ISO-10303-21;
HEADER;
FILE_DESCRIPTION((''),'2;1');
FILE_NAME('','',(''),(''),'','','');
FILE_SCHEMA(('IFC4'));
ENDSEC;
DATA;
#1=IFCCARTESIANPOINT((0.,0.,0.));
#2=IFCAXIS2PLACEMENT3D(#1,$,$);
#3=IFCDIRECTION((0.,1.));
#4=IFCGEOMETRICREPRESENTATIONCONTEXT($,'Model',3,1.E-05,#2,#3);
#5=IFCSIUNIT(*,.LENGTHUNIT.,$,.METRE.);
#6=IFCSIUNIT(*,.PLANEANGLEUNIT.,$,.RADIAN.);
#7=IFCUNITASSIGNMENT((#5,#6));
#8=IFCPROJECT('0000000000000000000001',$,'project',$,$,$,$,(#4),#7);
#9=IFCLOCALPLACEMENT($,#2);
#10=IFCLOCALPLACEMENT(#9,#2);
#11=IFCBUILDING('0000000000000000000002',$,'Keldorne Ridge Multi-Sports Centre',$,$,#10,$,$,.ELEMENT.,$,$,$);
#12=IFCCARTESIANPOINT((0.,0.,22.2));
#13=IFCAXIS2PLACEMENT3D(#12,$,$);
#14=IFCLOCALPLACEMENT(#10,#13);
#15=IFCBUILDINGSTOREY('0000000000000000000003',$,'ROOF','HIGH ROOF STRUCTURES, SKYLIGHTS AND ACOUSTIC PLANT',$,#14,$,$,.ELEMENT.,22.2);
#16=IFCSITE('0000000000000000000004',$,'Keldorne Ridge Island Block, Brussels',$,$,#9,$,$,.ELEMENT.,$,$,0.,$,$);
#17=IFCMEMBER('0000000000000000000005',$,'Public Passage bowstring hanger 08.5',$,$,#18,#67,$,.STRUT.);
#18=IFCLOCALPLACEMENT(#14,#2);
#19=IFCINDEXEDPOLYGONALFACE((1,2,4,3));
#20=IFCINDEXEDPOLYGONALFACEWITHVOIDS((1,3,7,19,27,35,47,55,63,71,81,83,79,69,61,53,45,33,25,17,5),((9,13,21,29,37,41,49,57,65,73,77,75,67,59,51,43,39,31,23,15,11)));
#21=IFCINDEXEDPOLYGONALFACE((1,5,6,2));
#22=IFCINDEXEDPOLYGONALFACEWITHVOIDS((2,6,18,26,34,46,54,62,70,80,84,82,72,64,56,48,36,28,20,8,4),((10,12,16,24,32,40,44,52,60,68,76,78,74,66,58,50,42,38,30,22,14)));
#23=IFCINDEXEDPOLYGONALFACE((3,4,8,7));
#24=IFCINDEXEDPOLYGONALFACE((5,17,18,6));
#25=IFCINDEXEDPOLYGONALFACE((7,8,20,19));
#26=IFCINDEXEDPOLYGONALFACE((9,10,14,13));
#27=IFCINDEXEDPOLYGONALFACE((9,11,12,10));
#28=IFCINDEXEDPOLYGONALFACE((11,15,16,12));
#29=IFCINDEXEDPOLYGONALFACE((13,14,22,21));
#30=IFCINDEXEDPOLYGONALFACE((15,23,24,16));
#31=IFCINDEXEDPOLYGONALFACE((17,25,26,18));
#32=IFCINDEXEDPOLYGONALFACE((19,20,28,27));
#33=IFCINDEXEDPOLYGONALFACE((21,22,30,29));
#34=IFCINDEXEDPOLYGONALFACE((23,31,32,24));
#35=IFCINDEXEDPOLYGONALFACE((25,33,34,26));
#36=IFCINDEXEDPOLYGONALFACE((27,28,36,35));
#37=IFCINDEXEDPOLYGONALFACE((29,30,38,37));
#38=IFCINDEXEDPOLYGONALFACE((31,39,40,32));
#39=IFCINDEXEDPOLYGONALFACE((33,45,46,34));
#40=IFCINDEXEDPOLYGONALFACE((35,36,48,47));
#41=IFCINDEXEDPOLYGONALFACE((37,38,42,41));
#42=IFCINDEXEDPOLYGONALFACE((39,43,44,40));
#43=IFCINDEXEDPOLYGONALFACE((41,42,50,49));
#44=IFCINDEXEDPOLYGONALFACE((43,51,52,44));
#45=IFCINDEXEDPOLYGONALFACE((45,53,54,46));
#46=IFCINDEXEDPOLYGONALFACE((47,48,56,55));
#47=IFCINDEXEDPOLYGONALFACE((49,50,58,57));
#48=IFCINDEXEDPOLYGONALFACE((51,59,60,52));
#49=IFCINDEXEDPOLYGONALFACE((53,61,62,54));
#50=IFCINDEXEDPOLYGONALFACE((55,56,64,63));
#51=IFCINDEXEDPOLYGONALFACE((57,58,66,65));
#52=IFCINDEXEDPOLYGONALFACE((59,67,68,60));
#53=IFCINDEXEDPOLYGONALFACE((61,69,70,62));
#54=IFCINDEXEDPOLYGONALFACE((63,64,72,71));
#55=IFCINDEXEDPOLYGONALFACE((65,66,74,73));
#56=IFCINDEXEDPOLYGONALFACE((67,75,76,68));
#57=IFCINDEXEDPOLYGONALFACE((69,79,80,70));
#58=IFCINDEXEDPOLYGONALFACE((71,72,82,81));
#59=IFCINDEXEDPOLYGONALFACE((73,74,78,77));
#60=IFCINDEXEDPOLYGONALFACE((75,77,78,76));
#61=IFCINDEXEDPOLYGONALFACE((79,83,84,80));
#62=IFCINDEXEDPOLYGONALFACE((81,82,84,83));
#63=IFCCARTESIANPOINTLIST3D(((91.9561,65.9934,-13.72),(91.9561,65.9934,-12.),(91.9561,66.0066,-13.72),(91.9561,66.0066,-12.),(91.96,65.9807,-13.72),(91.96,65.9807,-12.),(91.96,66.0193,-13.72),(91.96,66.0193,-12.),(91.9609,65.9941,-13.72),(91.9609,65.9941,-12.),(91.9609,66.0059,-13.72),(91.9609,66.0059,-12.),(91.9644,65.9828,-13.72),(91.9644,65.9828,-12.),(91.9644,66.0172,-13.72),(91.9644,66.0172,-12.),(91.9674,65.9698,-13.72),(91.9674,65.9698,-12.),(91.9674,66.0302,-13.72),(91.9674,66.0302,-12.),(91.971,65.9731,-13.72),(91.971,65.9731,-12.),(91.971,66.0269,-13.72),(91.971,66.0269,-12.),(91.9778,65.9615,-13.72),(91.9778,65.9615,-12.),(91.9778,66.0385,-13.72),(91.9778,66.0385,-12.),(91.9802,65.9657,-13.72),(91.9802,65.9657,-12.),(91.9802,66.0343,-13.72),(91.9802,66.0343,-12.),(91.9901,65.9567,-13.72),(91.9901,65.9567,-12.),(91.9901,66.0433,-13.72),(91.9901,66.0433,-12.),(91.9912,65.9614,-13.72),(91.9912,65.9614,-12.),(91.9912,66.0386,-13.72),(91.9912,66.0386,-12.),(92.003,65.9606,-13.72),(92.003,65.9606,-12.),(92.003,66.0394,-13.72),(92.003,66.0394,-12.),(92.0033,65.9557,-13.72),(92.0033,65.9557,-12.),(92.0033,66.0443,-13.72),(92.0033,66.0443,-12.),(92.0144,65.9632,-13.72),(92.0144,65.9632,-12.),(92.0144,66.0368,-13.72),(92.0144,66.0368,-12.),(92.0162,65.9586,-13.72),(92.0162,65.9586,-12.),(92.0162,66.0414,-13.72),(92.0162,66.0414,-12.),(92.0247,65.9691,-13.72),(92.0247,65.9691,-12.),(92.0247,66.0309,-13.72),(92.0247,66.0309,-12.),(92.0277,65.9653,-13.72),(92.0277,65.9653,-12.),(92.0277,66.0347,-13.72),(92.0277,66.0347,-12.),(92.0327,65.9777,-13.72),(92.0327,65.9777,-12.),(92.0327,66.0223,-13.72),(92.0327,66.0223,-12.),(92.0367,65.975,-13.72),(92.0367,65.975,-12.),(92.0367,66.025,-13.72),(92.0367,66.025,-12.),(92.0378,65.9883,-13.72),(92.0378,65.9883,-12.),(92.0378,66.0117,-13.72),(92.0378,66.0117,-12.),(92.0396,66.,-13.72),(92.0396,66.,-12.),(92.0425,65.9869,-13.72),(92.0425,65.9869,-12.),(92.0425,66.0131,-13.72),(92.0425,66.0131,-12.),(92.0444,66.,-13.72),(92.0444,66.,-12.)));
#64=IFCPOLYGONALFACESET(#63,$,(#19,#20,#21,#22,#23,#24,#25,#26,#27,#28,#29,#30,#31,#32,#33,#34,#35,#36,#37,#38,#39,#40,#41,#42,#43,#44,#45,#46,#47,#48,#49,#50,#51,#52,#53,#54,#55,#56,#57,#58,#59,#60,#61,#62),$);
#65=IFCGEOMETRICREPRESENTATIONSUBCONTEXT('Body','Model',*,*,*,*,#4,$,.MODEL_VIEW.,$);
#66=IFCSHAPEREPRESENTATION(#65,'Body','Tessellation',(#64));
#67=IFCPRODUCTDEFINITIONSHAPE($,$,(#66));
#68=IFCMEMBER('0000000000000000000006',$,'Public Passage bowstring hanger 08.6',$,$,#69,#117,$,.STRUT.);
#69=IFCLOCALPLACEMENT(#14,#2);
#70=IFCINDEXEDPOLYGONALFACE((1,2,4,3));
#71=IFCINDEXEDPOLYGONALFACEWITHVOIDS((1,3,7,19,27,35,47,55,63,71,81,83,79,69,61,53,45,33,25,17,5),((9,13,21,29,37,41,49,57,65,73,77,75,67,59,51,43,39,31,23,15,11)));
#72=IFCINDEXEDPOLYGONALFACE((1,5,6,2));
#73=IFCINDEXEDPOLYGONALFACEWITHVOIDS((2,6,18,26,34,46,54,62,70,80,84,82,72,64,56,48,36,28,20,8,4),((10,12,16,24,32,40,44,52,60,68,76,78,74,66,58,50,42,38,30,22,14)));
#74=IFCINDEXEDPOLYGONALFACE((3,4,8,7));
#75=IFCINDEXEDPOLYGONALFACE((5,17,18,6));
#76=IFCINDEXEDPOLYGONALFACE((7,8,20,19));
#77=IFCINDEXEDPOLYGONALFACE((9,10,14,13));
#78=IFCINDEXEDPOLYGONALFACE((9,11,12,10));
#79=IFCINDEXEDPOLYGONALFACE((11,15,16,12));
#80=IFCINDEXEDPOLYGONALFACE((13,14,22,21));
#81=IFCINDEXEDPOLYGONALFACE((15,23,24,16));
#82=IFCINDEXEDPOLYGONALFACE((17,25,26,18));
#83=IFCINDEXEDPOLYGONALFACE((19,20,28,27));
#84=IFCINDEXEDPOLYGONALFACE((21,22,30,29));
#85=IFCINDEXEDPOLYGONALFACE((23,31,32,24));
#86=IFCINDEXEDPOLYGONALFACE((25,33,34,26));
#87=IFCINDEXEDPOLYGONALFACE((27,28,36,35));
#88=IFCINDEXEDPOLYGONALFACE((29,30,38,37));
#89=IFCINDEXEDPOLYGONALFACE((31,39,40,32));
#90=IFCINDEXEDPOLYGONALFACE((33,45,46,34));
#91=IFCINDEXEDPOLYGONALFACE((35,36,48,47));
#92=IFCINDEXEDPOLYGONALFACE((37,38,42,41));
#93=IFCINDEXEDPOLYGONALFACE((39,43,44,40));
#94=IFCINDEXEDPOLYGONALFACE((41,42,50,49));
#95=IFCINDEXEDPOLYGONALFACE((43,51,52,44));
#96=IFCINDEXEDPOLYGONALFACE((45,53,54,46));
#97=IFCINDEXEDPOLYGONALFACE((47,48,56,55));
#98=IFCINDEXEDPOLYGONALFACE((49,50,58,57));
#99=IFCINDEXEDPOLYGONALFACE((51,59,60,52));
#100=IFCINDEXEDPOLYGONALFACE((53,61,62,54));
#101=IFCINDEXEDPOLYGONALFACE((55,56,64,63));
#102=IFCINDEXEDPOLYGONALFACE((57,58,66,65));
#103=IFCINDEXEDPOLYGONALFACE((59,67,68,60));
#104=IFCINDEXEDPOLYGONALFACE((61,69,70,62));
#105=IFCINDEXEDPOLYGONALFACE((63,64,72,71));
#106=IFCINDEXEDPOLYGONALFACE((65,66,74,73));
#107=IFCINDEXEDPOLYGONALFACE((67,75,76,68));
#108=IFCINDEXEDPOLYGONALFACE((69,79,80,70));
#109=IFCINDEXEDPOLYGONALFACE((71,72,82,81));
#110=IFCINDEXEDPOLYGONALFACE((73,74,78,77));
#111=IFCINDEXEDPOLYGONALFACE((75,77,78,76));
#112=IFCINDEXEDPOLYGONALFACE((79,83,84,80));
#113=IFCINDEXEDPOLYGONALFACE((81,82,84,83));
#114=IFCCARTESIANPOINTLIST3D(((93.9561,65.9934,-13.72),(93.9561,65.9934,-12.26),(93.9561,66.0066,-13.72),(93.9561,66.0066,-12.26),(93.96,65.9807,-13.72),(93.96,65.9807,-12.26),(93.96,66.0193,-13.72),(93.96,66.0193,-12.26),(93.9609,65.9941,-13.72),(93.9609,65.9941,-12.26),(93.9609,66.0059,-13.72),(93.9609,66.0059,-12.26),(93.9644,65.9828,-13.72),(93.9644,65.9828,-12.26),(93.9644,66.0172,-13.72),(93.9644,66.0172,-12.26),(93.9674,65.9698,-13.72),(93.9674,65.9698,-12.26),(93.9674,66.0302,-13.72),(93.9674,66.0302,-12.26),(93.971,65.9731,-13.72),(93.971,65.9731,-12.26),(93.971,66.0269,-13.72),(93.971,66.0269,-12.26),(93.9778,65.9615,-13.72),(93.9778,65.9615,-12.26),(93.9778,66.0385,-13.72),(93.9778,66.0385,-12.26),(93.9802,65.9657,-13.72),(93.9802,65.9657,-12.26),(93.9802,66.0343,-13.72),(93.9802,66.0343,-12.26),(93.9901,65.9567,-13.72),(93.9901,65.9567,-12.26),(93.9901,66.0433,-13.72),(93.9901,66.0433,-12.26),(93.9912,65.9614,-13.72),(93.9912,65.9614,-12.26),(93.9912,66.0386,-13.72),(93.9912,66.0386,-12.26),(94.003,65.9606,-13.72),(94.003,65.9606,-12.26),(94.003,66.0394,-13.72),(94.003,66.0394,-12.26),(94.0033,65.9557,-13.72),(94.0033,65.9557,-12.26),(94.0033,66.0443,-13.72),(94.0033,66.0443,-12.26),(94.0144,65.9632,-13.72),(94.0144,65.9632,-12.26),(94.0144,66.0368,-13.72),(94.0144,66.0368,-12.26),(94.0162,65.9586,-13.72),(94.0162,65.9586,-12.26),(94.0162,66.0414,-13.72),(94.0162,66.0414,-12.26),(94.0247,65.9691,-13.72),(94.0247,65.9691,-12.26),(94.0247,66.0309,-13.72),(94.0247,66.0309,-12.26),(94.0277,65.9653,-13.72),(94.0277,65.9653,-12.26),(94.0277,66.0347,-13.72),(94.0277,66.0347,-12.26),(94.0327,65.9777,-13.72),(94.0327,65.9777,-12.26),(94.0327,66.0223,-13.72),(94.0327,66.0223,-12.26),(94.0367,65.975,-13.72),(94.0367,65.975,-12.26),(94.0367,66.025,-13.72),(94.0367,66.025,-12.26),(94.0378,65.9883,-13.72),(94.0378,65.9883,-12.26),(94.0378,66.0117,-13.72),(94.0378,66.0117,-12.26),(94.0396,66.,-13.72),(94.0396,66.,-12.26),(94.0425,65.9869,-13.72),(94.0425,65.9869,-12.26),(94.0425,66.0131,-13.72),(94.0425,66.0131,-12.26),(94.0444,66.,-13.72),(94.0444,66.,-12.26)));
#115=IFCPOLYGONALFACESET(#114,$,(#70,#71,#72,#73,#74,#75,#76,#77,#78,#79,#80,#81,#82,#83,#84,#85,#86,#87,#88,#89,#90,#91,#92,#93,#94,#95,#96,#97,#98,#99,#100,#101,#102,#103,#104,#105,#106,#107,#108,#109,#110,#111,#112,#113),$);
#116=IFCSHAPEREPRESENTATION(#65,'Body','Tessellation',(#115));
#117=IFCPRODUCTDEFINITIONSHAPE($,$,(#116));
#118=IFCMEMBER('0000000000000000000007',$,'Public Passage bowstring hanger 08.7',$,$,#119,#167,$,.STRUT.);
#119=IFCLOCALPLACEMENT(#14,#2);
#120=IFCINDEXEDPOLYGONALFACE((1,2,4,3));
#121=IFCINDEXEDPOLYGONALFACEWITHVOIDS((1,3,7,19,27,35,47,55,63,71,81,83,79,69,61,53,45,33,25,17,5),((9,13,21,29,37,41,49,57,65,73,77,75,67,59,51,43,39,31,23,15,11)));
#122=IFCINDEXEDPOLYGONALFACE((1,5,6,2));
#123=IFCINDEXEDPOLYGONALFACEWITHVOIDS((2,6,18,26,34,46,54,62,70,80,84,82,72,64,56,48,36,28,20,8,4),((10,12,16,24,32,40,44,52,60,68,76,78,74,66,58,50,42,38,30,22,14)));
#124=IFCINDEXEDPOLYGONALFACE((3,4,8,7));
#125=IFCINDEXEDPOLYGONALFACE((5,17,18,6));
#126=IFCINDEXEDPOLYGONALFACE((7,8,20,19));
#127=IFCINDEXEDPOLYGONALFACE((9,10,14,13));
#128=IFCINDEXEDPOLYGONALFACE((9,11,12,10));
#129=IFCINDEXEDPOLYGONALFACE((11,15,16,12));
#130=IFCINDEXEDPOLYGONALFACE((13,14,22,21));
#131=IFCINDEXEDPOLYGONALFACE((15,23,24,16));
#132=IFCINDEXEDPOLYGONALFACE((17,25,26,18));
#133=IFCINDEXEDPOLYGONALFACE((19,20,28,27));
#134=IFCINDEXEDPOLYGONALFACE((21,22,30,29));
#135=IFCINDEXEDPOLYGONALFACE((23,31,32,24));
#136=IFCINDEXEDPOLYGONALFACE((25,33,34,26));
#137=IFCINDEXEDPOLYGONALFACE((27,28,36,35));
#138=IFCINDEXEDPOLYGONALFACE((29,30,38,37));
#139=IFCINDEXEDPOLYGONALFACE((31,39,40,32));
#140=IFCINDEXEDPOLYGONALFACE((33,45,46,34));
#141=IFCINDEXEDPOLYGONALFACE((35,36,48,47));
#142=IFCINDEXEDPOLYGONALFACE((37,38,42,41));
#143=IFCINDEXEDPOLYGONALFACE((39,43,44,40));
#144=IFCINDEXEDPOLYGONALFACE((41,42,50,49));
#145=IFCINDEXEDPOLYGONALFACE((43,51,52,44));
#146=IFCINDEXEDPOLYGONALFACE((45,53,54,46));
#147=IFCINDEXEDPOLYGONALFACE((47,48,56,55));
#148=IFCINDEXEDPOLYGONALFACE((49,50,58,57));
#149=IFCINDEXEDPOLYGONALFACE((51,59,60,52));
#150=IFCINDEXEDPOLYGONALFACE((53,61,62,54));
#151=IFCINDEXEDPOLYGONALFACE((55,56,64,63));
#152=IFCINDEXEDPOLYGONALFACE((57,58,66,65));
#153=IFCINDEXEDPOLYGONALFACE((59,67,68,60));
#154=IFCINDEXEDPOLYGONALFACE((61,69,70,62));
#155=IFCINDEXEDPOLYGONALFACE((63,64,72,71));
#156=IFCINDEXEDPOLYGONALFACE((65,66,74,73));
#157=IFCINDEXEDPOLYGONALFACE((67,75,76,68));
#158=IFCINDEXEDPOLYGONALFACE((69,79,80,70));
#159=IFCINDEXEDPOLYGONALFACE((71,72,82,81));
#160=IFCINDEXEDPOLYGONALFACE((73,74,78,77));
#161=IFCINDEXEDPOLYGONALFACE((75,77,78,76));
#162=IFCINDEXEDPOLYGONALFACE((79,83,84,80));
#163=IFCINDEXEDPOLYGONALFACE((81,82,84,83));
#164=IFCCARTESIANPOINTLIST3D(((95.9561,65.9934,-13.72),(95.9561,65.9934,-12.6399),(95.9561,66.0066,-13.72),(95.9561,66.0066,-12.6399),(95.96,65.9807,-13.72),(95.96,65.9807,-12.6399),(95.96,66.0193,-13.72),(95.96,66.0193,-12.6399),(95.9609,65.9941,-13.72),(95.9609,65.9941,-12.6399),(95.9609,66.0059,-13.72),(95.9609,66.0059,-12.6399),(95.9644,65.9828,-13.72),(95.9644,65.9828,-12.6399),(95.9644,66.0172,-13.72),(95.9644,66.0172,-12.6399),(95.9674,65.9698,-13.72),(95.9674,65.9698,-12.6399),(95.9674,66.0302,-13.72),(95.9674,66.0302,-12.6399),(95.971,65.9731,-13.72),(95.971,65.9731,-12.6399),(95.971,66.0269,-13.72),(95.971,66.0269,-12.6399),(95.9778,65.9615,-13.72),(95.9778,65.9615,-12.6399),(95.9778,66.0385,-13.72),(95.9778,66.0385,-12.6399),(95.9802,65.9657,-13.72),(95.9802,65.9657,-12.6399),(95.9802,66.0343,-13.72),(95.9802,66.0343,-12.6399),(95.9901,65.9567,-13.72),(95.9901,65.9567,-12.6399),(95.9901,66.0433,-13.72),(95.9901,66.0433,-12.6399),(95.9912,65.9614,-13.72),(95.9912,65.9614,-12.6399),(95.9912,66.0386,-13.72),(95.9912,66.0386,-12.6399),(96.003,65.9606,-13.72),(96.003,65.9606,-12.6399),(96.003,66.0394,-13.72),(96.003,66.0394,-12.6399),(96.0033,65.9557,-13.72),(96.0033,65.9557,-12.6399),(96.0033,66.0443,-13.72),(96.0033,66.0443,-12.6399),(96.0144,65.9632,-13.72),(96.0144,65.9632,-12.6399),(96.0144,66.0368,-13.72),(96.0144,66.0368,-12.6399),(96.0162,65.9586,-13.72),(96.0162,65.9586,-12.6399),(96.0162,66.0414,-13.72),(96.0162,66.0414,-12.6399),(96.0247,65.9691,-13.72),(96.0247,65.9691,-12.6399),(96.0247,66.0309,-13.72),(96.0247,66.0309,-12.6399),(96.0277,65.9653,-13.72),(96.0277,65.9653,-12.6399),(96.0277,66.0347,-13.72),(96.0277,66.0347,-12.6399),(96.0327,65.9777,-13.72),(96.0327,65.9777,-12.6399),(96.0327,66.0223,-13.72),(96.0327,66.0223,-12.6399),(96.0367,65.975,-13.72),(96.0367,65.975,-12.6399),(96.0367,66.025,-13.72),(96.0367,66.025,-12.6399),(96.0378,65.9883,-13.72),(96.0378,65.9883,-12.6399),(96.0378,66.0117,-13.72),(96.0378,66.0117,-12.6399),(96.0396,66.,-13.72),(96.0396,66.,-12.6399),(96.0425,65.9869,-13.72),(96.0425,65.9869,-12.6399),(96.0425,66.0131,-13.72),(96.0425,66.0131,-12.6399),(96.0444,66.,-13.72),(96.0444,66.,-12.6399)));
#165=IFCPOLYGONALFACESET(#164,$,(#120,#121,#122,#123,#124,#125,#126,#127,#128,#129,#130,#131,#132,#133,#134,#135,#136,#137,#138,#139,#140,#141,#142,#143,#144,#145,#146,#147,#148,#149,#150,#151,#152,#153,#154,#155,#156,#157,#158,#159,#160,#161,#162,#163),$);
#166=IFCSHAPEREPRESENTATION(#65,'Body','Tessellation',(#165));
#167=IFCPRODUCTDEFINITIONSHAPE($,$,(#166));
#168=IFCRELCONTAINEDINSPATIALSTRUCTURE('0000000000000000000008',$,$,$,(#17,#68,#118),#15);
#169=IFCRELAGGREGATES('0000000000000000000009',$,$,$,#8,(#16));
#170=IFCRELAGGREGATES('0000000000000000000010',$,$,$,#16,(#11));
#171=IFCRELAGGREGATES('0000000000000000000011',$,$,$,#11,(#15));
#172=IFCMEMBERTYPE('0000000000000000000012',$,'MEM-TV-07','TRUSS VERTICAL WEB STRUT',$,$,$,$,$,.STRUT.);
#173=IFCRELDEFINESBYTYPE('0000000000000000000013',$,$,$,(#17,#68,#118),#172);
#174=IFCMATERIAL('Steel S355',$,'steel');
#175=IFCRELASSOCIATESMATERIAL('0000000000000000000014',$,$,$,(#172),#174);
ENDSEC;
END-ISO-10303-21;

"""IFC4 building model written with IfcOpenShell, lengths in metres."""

from ifc_helpers import new_model, si_unit, direction, frame, origin, origin_2d, place, context, subcontext, project, spatial, hollow_circle, extrude, material, material_profile, profile_set, type_object, element, save


model = new_model("IFC4")

# Units and contexts
model_context = context("Model", 3, precision=1e-05, world=origin(), true_north=direction((0.0, 1.0)))
body_context = subcontext(model_context, "Body", "Model", "MODEL_VIEW")
ifc_project = project(units=[si_unit("LENGTHUNIT", "METRE"), si_unit("PLANEANGLEUNIT", "RADIAN")], contexts=[model_context])

# Site, building, storey
site_placement = place(None, origin())
site = spatial("IfcSite", under=ifc_project, at=site_placement, Name="Keldorne Ridge Island Block, Brussels", CompositionType="ELEMENT", RefElevation=0.0)
building_placement = place(site_placement, origin())
building = spatial("IfcBuilding", under=site, at=building_placement, Name="Keldorne Ridge Multi-Sports Centre", CompositionType="ELEMENT")
storey_placement = place(building_placement, frame((0.0, 0.0, 22.2)))
storey = spatial("IfcBuildingStorey", under=building, at=storey_placement, Name="ROOF", Description="HIGH ROOF STRUCTURES, SKYLIGHTS AND ACOUSTIC PLANT", CompositionType="ELEMENT", Elevation=22.2)

# Members
ifc_material = material(Name="Steel S355", Category="steel")
ifc_material_profile_1 = material_profile(ifc_material, hollow_circle(Radius=0.0444, WallThickness=0.0049, at=origin_2d()), Name="CHS 88.9x5")
ifc_profile_set_1 = profile_set([ifc_material_profile_1], Name="Steel S355")
member_type_1 = type_object("IfcMemberType", Name="MEM-TV-07", Description="TRUSS VERTICAL WEB STRUT", PredefinedType="STRUT", material=ifc_profile_set_1)
member_1_placement = place(storey_placement, frame((92.0, 66.0, -13.72), z_axis=(0.0, 0.0, 1.0), x_axis=(1.0, 0.0, 0.0)))
element("IfcMember", 1, at=member_1_placement, inside=storey, type_object=member_type_1, Name="Public Passage bowstring hanger 08.5", PredefinedType="STRUT", context=body_context, shape_type="SweptSolid", body=[
    extrude(hollow_circle(Radius=0.0444, WallThickness=0.0049, at=origin_2d()), origin(), (0.0, 0.0, 1.0), 1.72),
])
member_2_placement = place(storey_placement, frame((94.0, 66.0, -13.72), z_axis=(0.0, 0.0, 1.0), x_axis=(1.0, 0.0, 0.0)))
element("IfcMember", 2, at=member_2_placement, inside=storey, type_object=member_type_1, Name="Public Passage bowstring hanger 08.6", PredefinedType="STRUT", context=body_context, shape_type="SweptSolid", body=[
    extrude(hollow_circle(Radius=0.0444, WallThickness=0.0049, at=origin_2d()), origin(), (0.0, 0.0, 1.0), 1.46),
])
for number, where, z_axis, x_axis, name in (
    (3, (96.0, 66.0, -13.72), (0.0, 0.0, 1.0), (1.0, 0.0, 0.0), "Public Passage bowstring hanger 08.7"),
):
    element("IfcMember", number, at=place(storey_placement, frame(where, z_axis=z_axis, x_axis=x_axis)), inside=storey, type_object=member_type_1, Name=name, PredefinedType="STRUT", context=body_context, shape_type="SweptSolid", body=[
        extrude(hollow_circle(Radius=0.0444, WallThickness=0.0049, at=origin_2d()), origin(), (0.0, 0.0, 1.0), 1.0801),
    ])

save(model, "model.ifc")
